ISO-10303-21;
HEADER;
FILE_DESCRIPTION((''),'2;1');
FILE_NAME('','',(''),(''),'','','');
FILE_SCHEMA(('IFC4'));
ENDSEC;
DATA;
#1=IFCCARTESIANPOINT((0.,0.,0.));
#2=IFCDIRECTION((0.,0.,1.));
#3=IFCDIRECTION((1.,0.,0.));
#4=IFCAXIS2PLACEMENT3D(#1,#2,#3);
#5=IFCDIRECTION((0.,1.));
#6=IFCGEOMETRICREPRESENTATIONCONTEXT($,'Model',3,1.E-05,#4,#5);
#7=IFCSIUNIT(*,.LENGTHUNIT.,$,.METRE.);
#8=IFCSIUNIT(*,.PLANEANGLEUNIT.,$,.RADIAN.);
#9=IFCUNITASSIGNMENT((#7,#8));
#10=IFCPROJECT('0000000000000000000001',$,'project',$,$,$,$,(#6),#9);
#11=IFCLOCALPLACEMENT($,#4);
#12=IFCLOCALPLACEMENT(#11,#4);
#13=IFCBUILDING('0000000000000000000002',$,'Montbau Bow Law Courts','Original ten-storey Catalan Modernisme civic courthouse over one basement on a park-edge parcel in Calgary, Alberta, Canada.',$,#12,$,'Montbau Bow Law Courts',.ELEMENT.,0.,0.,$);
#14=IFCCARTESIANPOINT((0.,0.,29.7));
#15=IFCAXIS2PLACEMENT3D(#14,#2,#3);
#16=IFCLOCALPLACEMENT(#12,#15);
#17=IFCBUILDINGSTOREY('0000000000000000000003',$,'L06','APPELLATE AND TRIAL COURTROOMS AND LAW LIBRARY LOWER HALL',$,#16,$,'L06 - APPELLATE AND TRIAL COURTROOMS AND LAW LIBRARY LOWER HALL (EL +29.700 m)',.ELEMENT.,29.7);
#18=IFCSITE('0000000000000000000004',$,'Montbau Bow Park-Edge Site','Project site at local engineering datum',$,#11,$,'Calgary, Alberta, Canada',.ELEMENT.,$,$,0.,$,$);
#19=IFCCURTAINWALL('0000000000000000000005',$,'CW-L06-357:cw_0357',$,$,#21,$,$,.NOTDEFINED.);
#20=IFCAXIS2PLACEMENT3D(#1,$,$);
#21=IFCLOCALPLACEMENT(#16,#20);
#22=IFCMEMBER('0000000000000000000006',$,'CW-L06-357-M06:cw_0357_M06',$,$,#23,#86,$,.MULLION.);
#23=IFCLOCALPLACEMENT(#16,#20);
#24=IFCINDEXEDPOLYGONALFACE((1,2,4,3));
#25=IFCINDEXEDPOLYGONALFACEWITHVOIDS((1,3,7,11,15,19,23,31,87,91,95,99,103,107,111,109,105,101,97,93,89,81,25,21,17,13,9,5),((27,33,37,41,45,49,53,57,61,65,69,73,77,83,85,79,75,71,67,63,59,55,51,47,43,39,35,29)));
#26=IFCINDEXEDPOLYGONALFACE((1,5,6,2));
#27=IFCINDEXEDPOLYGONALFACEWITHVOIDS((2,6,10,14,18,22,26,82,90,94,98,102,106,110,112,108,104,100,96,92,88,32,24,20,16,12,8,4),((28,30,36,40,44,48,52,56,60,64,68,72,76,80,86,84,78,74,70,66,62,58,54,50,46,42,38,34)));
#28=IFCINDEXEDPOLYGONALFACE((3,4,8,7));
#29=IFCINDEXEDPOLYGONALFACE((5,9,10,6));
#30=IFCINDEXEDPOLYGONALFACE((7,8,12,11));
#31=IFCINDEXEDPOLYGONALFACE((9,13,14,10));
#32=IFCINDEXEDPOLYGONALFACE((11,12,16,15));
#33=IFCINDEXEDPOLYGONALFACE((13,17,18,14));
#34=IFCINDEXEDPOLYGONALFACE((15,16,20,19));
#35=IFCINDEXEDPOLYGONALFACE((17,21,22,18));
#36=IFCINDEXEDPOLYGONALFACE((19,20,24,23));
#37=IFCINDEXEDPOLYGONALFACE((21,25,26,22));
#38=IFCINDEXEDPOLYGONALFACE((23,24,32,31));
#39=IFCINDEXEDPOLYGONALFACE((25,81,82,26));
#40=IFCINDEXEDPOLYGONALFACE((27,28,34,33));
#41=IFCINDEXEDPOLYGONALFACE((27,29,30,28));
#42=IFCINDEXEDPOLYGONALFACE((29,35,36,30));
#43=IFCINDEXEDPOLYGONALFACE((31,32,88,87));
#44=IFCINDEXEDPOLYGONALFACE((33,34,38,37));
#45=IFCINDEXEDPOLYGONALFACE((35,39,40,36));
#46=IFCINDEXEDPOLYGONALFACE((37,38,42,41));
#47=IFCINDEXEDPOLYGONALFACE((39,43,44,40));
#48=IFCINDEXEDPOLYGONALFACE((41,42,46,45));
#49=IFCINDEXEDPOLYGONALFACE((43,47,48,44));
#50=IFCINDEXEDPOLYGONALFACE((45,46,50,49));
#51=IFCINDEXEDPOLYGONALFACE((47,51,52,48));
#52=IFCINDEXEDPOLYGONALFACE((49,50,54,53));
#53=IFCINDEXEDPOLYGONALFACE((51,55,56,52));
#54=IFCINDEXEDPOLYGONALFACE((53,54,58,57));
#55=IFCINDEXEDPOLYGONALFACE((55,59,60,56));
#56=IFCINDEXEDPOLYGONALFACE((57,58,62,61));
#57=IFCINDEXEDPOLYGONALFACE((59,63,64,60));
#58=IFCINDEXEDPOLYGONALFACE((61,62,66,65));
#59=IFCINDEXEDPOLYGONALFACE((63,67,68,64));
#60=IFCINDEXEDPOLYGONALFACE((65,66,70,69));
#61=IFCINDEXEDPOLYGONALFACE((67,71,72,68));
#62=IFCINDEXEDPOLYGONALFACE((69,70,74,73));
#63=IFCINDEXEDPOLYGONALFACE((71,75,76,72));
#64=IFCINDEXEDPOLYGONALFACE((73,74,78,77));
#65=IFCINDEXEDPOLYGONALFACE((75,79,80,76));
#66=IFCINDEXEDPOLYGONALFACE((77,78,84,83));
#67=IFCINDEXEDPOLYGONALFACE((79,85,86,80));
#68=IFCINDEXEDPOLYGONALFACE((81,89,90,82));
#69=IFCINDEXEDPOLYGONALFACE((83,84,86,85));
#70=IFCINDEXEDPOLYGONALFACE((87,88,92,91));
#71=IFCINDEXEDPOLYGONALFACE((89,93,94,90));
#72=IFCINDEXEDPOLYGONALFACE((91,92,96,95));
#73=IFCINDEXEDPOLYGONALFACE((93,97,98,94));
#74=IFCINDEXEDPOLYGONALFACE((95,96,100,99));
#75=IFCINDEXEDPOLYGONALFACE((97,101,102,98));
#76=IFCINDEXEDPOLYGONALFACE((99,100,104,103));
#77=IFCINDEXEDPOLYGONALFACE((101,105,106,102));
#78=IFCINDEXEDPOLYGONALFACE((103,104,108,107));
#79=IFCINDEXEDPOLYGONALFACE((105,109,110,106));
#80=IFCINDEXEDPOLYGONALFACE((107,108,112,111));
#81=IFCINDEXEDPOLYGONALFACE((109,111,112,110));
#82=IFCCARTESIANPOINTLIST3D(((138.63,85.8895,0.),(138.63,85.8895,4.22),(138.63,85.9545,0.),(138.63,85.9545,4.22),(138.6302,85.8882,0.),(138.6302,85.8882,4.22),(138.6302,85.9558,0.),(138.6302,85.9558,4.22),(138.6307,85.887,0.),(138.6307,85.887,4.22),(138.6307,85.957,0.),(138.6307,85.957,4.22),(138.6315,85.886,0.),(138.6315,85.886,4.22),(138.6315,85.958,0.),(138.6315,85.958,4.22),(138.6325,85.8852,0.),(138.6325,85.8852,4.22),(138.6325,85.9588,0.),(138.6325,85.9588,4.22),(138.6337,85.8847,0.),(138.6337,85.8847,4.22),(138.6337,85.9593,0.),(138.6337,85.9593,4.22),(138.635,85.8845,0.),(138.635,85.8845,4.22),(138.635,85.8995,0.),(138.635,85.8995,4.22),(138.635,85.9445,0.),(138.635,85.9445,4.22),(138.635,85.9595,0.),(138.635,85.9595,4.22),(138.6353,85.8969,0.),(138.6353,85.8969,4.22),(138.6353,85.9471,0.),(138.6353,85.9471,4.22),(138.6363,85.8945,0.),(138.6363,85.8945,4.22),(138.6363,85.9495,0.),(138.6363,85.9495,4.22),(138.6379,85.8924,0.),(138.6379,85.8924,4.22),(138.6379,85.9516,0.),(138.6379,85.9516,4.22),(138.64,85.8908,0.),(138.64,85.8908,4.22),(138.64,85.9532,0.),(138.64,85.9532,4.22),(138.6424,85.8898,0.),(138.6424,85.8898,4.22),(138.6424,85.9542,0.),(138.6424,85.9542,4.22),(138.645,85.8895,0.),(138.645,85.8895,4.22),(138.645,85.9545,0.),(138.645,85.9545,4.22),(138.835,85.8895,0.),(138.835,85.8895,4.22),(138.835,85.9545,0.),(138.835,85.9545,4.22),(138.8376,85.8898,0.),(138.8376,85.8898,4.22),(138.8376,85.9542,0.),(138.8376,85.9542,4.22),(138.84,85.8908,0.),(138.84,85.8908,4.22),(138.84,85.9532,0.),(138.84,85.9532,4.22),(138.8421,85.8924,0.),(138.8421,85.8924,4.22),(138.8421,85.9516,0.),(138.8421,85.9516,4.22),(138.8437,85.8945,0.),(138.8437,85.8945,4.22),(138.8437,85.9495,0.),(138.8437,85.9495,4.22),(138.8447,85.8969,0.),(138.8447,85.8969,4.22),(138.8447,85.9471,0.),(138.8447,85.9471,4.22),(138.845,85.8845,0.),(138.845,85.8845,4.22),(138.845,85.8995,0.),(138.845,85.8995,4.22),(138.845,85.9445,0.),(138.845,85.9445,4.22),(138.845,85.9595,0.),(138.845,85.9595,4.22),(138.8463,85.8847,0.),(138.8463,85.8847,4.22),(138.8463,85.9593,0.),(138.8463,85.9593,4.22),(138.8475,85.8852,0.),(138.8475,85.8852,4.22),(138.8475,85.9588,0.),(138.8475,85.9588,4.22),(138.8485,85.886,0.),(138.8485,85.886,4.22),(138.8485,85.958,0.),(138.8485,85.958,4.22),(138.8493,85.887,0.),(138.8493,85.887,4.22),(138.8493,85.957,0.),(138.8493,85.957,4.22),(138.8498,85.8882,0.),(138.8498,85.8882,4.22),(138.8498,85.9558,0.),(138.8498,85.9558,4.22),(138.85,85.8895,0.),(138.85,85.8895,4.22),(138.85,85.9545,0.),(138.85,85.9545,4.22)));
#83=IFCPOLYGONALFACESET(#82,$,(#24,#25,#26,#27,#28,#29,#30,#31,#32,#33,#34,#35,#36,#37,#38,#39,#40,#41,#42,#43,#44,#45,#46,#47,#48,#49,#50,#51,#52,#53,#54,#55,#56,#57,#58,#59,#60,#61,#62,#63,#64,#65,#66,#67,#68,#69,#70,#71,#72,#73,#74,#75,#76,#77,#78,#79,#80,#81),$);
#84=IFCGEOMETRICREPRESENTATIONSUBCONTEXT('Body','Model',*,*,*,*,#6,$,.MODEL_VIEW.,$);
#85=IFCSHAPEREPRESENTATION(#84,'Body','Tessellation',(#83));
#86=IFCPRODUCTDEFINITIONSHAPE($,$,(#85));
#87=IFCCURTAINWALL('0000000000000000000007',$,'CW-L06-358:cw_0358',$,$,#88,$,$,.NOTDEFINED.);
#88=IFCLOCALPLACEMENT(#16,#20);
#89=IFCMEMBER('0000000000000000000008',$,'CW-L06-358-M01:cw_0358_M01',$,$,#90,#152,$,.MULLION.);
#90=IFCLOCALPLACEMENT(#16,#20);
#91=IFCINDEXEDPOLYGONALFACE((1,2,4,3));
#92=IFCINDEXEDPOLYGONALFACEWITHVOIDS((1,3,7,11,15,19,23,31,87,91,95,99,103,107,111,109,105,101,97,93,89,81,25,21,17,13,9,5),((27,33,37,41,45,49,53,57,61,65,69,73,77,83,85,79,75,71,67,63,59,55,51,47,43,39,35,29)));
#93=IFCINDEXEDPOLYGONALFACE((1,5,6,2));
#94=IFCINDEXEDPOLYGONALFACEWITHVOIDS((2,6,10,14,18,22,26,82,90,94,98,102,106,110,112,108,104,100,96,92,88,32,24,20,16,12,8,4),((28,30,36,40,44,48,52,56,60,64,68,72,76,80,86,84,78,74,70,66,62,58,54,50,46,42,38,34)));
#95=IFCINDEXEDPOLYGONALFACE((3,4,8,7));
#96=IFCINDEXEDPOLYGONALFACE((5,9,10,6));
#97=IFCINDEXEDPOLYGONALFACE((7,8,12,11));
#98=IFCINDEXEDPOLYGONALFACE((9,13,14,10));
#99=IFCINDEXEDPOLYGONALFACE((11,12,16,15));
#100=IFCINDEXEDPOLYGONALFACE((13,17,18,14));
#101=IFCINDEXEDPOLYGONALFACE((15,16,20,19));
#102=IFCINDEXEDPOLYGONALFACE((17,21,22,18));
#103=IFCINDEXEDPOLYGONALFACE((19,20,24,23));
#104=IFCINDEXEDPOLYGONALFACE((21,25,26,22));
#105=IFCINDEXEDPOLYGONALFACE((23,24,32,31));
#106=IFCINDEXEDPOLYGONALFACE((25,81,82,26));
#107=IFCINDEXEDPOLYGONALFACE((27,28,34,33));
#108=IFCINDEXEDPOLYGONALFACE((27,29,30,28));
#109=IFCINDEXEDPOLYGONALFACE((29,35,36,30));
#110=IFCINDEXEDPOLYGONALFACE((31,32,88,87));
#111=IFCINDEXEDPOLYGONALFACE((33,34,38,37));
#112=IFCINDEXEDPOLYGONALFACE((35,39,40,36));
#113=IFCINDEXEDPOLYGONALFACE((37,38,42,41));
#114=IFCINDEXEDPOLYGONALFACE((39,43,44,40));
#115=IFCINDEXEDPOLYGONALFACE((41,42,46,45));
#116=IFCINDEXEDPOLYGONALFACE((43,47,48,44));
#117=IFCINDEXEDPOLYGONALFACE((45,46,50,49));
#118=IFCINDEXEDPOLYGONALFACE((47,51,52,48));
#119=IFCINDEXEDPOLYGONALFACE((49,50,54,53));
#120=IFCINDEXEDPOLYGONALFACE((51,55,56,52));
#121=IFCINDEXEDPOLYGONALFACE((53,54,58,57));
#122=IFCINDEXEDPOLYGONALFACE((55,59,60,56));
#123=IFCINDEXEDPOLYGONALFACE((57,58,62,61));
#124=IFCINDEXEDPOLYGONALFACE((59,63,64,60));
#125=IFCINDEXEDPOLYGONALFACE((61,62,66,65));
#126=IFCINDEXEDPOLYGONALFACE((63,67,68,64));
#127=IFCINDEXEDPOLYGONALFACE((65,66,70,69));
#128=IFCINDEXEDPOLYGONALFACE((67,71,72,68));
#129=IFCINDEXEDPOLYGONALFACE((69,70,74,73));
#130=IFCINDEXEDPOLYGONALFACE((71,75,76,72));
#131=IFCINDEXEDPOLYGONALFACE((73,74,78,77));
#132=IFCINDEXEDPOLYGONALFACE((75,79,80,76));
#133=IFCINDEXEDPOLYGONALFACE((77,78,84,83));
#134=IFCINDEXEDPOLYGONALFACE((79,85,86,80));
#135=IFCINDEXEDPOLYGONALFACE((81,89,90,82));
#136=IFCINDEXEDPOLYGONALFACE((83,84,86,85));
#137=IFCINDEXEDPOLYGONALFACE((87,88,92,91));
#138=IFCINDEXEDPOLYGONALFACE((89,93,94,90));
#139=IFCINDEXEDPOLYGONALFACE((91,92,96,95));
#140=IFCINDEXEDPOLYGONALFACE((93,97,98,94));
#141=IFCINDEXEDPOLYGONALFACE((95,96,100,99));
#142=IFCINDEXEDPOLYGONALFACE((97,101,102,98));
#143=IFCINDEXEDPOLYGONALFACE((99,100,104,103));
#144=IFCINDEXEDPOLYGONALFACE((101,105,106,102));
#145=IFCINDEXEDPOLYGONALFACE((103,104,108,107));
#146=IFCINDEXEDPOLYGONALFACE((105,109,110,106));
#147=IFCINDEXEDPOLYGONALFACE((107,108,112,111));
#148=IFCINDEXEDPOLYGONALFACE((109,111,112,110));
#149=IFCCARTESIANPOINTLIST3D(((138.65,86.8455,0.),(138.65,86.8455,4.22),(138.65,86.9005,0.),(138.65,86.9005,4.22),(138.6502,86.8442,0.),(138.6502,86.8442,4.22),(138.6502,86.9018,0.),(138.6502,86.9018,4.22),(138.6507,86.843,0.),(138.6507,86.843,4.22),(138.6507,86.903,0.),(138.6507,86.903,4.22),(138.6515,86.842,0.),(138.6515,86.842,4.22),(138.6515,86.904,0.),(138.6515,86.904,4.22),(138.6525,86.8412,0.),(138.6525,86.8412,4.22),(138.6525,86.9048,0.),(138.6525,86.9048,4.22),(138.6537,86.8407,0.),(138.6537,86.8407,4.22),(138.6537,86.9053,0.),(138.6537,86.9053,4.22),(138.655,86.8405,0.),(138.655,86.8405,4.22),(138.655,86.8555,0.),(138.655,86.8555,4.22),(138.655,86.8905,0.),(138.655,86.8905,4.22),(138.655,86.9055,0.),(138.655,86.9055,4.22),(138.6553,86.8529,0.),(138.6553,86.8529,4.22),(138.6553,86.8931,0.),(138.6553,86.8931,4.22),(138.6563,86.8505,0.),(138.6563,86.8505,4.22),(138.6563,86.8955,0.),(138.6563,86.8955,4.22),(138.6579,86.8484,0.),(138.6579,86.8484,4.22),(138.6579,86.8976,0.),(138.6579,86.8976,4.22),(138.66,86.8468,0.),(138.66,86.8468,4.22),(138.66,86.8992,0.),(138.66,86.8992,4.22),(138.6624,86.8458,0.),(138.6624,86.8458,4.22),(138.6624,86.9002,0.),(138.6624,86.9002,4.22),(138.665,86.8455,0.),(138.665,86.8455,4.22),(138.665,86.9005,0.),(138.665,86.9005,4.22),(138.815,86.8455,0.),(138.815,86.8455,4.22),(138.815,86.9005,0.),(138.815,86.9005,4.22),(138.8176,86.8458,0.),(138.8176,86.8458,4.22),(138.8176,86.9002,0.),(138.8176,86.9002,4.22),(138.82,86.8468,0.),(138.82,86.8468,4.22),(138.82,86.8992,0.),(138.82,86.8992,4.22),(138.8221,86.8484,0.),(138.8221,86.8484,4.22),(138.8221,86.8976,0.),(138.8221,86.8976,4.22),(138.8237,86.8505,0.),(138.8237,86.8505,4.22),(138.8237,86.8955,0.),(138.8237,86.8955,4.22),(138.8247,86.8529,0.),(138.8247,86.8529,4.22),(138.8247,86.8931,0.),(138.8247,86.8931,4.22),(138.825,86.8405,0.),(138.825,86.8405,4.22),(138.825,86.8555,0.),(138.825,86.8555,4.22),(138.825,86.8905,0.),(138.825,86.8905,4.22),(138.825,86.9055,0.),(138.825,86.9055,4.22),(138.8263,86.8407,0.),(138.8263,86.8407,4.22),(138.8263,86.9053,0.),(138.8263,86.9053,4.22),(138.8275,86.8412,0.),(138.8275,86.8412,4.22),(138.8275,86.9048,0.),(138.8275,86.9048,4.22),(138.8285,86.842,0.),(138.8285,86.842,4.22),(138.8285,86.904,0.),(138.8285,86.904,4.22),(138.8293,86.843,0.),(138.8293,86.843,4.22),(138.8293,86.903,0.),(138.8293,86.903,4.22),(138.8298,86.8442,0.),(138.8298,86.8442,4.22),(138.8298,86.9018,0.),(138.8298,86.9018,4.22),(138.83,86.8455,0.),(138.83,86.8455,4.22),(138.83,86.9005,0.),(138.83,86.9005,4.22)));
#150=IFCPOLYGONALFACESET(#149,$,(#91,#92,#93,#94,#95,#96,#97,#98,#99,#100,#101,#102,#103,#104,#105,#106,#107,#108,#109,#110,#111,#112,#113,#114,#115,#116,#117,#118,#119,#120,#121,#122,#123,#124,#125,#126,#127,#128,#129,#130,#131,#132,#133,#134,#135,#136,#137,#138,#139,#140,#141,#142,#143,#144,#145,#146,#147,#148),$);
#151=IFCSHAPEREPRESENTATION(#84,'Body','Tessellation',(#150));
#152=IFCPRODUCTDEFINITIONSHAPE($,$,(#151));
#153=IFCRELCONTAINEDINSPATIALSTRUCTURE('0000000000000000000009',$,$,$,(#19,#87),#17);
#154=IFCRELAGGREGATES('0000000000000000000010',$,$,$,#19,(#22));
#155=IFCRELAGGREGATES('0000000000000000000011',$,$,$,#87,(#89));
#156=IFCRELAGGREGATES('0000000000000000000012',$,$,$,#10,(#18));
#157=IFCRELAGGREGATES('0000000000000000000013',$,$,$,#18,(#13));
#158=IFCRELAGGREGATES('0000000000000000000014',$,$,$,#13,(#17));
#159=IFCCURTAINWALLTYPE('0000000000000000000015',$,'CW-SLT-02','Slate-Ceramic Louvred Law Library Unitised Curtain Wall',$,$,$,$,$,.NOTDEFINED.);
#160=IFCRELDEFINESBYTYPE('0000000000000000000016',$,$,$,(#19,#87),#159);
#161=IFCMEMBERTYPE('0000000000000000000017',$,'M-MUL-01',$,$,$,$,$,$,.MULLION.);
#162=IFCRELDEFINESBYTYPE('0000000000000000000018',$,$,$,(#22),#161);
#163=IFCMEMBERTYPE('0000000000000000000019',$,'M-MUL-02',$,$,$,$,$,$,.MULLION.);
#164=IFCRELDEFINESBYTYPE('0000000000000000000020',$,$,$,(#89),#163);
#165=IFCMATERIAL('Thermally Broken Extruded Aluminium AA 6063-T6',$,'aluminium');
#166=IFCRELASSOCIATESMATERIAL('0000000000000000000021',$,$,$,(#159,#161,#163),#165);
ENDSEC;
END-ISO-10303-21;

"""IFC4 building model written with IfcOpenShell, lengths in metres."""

from ifc_helpers import new_model, si_unit, direction, frame, origin_with_axes, origin_2d_with_axis, place, context, subcontext, project, spatial, hollow_rectangle, extrude, material, material_profile, profile_set, type_object, element, aggregate, save


model = new_model("IFC4")

# Units and contexts
model_context = context("Model", 3, precision=1e-05, world=origin_with_axes(), true_north=direction((0.0, 1.0)))
body_context = subcontext(model_context, "Body", "Model", "MODEL_VIEW")
ifc_project = project(units=[si_unit("LENGTHUNIT", "METRE"), si_unit("PLANEANGLEUNIT", "RADIAN")], contexts=[model_context])

# Site, building, storey
site_placement = place(None, origin_with_axes())
site = spatial("IfcSite", under=ifc_project, at=site_placement, Name="Montbau Bow Park-Edge Site", Description="Project site at local engineering datum", LongName="Calgary, Alberta, Canada", CompositionType="ELEMENT", RefElevation=0.0)
building_placement = place(site_placement, origin_with_axes())
building = spatial("IfcBuilding", under=site, at=building_placement, Name="Montbau Bow Law Courts", Description="Original ten-storey Catalan Modernisme civic courthouse over one basement on a park-edge parcel in Calgary, Alberta, Canada.", LongName="Montbau Bow Law Courts", CompositionType="ELEMENT", ElevationOfRefHeight=0.0, ElevationOfTerrain=0.0)
storey_placement = place(building_placement, frame((0.0, 0.0, 29.7), z_axis=(0.0, 0.0, 1.0), x_axis=(1.0, 0.0, 0.0)))
storey = spatial("IfcBuildingStorey", under=building, at=storey_placement, Name="L06", Description="APPELLATE AND TRIAL COURTROOMS AND LAW LIBRARY LOWER HALL", LongName="L06 - APPELLATE AND TRIAL COURTROOMS AND LAW LIBRARY LOWER HALL (EL +29.700 m)", CompositionType="ELEMENT", Elevation=29.7)

# Curtain wall, member
ifc_material_1 = material(Name="Thermally Broken Extruded Aluminium AA 6063-T6", Category="aluminium")
curtain_wall_type = type_object("IfcCurtainWallType", Name="CW-SLT-02", Description="Slate-Ceramic Louvred Law Library Unitised Curtain Wall", PredefinedType="NOTDEFINED", material=ifc_material_1)
curtain_wall_1_placement = place(None, frame((138.74, 78.44, 29.7), z_axis=(0.0, 0.0, 1.0), x_axis=(1.0, 0.0, 0.0)))
curtain_wall_1 = element("IfcCurtainWall", 1, at=curtain_wall_1_placement, inside=storey, type_object=curtain_wall_type, Name="CW-L06-357:cw_0357", PredefinedType="NOTDEFINED")
ifc_material_profile_1 = material_profile(ifc_material_1, hollow_rectangle(XDim=0.075, YDim=0.22, WallThickness=0.005, InnerFilletRadius=0.01, OuterFilletRadius=0.005, at=origin_2d_with_axis()), Name="CWM-220X75", Category="Main", Priority=0)
ifc_profile_set_1 = profile_set([ifc_material_profile_1], Name="Thermally Broken Extruded Aluminium AA 6063-T6")
member_type_1 = type_object("IfcMemberType", Name="M-MUL-01", PredefinedType="MULLION", material=ifc_profile_set_1)
member_1_placement = place(None, frame((138.74, 85.922, 29.7), z_axis=(0.0, 0.0, 1.0), x_axis=(0.0, 1.0, 0.0)))
member_1 = element("IfcMember", 2, at=member_1_placement, type_object=member_type_1, Name="CW-L06-357-M06:cw_0357_M06", PredefinedType="MULLION", context=body_context, shape_type="SweptSolid", body=[
    extrude(hollow_rectangle(XDim=0.075, YDim=0.22, WallThickness=0.005, InnerFilletRadius=0.01, OuterFilletRadius=0.005, at=origin_2d_with_axis()), origin_with_axes(), (0.0, 0.0, 1.0), 4.22),
])

# Curtain wall, member
curtain_wall_2_placement = place(None, frame((138.74, 86.84, 29.7), z_axis=(0.0, 0.0, 1.0), x_axis=(1.0, 0.0, 0.0)))
curtain_wall_2 = element("IfcCurtainWall", 3, at=curtain_wall_2_placement, inside=storey, type_object=curtain_wall_type, Name="CW-L06-358:cw_0358", PredefinedType="NOTDEFINED")
ifc_material_profile_2 = material_profile(ifc_material_1, hollow_rectangle(XDim=0.065, YDim=0.18, WallThickness=0.005, InnerFilletRadius=0.01, OuterFilletRadius=0.005, at=origin_2d_with_axis()), Name="CWM-180X65", Category="Main", Priority=0)
ifc_profile_set_2 = profile_set([ifc_material_profile_2], Name="Thermally Broken Extruded Aluminium AA 6063-T6")
member_type_2 = type_object("IfcMemberType", Name="M-MUL-02", PredefinedType="MULLION", material=ifc_profile_set_2)
member_2_placement = place(None, frame((138.74, 86.873, 29.7), z_axis=(0.0, 0.0, 1.0), x_axis=(0.0, 1.0, 0.0)))
member_2 = element("IfcMember", 4, at=member_2_placement, type_object=member_type_2, Name="CW-L06-358-M01:cw_0358_M01", PredefinedType="MULLION", context=body_context, shape_type="SweptSolid", body=[
    extrude(hollow_rectangle(XDim=0.065, YDim=0.18, WallThickness=0.005, InnerFilletRadius=0.01, OuterFilletRadius=0.005, at=origin_2d_with_axis()), origin_with_axes(), (0.0, 0.0, 1.0), 4.22),
])

aggregate(curtain_wall_1, [member_1])
aggregate(curtain_wall_2, [member_2])

save(model, "model.ifc")
